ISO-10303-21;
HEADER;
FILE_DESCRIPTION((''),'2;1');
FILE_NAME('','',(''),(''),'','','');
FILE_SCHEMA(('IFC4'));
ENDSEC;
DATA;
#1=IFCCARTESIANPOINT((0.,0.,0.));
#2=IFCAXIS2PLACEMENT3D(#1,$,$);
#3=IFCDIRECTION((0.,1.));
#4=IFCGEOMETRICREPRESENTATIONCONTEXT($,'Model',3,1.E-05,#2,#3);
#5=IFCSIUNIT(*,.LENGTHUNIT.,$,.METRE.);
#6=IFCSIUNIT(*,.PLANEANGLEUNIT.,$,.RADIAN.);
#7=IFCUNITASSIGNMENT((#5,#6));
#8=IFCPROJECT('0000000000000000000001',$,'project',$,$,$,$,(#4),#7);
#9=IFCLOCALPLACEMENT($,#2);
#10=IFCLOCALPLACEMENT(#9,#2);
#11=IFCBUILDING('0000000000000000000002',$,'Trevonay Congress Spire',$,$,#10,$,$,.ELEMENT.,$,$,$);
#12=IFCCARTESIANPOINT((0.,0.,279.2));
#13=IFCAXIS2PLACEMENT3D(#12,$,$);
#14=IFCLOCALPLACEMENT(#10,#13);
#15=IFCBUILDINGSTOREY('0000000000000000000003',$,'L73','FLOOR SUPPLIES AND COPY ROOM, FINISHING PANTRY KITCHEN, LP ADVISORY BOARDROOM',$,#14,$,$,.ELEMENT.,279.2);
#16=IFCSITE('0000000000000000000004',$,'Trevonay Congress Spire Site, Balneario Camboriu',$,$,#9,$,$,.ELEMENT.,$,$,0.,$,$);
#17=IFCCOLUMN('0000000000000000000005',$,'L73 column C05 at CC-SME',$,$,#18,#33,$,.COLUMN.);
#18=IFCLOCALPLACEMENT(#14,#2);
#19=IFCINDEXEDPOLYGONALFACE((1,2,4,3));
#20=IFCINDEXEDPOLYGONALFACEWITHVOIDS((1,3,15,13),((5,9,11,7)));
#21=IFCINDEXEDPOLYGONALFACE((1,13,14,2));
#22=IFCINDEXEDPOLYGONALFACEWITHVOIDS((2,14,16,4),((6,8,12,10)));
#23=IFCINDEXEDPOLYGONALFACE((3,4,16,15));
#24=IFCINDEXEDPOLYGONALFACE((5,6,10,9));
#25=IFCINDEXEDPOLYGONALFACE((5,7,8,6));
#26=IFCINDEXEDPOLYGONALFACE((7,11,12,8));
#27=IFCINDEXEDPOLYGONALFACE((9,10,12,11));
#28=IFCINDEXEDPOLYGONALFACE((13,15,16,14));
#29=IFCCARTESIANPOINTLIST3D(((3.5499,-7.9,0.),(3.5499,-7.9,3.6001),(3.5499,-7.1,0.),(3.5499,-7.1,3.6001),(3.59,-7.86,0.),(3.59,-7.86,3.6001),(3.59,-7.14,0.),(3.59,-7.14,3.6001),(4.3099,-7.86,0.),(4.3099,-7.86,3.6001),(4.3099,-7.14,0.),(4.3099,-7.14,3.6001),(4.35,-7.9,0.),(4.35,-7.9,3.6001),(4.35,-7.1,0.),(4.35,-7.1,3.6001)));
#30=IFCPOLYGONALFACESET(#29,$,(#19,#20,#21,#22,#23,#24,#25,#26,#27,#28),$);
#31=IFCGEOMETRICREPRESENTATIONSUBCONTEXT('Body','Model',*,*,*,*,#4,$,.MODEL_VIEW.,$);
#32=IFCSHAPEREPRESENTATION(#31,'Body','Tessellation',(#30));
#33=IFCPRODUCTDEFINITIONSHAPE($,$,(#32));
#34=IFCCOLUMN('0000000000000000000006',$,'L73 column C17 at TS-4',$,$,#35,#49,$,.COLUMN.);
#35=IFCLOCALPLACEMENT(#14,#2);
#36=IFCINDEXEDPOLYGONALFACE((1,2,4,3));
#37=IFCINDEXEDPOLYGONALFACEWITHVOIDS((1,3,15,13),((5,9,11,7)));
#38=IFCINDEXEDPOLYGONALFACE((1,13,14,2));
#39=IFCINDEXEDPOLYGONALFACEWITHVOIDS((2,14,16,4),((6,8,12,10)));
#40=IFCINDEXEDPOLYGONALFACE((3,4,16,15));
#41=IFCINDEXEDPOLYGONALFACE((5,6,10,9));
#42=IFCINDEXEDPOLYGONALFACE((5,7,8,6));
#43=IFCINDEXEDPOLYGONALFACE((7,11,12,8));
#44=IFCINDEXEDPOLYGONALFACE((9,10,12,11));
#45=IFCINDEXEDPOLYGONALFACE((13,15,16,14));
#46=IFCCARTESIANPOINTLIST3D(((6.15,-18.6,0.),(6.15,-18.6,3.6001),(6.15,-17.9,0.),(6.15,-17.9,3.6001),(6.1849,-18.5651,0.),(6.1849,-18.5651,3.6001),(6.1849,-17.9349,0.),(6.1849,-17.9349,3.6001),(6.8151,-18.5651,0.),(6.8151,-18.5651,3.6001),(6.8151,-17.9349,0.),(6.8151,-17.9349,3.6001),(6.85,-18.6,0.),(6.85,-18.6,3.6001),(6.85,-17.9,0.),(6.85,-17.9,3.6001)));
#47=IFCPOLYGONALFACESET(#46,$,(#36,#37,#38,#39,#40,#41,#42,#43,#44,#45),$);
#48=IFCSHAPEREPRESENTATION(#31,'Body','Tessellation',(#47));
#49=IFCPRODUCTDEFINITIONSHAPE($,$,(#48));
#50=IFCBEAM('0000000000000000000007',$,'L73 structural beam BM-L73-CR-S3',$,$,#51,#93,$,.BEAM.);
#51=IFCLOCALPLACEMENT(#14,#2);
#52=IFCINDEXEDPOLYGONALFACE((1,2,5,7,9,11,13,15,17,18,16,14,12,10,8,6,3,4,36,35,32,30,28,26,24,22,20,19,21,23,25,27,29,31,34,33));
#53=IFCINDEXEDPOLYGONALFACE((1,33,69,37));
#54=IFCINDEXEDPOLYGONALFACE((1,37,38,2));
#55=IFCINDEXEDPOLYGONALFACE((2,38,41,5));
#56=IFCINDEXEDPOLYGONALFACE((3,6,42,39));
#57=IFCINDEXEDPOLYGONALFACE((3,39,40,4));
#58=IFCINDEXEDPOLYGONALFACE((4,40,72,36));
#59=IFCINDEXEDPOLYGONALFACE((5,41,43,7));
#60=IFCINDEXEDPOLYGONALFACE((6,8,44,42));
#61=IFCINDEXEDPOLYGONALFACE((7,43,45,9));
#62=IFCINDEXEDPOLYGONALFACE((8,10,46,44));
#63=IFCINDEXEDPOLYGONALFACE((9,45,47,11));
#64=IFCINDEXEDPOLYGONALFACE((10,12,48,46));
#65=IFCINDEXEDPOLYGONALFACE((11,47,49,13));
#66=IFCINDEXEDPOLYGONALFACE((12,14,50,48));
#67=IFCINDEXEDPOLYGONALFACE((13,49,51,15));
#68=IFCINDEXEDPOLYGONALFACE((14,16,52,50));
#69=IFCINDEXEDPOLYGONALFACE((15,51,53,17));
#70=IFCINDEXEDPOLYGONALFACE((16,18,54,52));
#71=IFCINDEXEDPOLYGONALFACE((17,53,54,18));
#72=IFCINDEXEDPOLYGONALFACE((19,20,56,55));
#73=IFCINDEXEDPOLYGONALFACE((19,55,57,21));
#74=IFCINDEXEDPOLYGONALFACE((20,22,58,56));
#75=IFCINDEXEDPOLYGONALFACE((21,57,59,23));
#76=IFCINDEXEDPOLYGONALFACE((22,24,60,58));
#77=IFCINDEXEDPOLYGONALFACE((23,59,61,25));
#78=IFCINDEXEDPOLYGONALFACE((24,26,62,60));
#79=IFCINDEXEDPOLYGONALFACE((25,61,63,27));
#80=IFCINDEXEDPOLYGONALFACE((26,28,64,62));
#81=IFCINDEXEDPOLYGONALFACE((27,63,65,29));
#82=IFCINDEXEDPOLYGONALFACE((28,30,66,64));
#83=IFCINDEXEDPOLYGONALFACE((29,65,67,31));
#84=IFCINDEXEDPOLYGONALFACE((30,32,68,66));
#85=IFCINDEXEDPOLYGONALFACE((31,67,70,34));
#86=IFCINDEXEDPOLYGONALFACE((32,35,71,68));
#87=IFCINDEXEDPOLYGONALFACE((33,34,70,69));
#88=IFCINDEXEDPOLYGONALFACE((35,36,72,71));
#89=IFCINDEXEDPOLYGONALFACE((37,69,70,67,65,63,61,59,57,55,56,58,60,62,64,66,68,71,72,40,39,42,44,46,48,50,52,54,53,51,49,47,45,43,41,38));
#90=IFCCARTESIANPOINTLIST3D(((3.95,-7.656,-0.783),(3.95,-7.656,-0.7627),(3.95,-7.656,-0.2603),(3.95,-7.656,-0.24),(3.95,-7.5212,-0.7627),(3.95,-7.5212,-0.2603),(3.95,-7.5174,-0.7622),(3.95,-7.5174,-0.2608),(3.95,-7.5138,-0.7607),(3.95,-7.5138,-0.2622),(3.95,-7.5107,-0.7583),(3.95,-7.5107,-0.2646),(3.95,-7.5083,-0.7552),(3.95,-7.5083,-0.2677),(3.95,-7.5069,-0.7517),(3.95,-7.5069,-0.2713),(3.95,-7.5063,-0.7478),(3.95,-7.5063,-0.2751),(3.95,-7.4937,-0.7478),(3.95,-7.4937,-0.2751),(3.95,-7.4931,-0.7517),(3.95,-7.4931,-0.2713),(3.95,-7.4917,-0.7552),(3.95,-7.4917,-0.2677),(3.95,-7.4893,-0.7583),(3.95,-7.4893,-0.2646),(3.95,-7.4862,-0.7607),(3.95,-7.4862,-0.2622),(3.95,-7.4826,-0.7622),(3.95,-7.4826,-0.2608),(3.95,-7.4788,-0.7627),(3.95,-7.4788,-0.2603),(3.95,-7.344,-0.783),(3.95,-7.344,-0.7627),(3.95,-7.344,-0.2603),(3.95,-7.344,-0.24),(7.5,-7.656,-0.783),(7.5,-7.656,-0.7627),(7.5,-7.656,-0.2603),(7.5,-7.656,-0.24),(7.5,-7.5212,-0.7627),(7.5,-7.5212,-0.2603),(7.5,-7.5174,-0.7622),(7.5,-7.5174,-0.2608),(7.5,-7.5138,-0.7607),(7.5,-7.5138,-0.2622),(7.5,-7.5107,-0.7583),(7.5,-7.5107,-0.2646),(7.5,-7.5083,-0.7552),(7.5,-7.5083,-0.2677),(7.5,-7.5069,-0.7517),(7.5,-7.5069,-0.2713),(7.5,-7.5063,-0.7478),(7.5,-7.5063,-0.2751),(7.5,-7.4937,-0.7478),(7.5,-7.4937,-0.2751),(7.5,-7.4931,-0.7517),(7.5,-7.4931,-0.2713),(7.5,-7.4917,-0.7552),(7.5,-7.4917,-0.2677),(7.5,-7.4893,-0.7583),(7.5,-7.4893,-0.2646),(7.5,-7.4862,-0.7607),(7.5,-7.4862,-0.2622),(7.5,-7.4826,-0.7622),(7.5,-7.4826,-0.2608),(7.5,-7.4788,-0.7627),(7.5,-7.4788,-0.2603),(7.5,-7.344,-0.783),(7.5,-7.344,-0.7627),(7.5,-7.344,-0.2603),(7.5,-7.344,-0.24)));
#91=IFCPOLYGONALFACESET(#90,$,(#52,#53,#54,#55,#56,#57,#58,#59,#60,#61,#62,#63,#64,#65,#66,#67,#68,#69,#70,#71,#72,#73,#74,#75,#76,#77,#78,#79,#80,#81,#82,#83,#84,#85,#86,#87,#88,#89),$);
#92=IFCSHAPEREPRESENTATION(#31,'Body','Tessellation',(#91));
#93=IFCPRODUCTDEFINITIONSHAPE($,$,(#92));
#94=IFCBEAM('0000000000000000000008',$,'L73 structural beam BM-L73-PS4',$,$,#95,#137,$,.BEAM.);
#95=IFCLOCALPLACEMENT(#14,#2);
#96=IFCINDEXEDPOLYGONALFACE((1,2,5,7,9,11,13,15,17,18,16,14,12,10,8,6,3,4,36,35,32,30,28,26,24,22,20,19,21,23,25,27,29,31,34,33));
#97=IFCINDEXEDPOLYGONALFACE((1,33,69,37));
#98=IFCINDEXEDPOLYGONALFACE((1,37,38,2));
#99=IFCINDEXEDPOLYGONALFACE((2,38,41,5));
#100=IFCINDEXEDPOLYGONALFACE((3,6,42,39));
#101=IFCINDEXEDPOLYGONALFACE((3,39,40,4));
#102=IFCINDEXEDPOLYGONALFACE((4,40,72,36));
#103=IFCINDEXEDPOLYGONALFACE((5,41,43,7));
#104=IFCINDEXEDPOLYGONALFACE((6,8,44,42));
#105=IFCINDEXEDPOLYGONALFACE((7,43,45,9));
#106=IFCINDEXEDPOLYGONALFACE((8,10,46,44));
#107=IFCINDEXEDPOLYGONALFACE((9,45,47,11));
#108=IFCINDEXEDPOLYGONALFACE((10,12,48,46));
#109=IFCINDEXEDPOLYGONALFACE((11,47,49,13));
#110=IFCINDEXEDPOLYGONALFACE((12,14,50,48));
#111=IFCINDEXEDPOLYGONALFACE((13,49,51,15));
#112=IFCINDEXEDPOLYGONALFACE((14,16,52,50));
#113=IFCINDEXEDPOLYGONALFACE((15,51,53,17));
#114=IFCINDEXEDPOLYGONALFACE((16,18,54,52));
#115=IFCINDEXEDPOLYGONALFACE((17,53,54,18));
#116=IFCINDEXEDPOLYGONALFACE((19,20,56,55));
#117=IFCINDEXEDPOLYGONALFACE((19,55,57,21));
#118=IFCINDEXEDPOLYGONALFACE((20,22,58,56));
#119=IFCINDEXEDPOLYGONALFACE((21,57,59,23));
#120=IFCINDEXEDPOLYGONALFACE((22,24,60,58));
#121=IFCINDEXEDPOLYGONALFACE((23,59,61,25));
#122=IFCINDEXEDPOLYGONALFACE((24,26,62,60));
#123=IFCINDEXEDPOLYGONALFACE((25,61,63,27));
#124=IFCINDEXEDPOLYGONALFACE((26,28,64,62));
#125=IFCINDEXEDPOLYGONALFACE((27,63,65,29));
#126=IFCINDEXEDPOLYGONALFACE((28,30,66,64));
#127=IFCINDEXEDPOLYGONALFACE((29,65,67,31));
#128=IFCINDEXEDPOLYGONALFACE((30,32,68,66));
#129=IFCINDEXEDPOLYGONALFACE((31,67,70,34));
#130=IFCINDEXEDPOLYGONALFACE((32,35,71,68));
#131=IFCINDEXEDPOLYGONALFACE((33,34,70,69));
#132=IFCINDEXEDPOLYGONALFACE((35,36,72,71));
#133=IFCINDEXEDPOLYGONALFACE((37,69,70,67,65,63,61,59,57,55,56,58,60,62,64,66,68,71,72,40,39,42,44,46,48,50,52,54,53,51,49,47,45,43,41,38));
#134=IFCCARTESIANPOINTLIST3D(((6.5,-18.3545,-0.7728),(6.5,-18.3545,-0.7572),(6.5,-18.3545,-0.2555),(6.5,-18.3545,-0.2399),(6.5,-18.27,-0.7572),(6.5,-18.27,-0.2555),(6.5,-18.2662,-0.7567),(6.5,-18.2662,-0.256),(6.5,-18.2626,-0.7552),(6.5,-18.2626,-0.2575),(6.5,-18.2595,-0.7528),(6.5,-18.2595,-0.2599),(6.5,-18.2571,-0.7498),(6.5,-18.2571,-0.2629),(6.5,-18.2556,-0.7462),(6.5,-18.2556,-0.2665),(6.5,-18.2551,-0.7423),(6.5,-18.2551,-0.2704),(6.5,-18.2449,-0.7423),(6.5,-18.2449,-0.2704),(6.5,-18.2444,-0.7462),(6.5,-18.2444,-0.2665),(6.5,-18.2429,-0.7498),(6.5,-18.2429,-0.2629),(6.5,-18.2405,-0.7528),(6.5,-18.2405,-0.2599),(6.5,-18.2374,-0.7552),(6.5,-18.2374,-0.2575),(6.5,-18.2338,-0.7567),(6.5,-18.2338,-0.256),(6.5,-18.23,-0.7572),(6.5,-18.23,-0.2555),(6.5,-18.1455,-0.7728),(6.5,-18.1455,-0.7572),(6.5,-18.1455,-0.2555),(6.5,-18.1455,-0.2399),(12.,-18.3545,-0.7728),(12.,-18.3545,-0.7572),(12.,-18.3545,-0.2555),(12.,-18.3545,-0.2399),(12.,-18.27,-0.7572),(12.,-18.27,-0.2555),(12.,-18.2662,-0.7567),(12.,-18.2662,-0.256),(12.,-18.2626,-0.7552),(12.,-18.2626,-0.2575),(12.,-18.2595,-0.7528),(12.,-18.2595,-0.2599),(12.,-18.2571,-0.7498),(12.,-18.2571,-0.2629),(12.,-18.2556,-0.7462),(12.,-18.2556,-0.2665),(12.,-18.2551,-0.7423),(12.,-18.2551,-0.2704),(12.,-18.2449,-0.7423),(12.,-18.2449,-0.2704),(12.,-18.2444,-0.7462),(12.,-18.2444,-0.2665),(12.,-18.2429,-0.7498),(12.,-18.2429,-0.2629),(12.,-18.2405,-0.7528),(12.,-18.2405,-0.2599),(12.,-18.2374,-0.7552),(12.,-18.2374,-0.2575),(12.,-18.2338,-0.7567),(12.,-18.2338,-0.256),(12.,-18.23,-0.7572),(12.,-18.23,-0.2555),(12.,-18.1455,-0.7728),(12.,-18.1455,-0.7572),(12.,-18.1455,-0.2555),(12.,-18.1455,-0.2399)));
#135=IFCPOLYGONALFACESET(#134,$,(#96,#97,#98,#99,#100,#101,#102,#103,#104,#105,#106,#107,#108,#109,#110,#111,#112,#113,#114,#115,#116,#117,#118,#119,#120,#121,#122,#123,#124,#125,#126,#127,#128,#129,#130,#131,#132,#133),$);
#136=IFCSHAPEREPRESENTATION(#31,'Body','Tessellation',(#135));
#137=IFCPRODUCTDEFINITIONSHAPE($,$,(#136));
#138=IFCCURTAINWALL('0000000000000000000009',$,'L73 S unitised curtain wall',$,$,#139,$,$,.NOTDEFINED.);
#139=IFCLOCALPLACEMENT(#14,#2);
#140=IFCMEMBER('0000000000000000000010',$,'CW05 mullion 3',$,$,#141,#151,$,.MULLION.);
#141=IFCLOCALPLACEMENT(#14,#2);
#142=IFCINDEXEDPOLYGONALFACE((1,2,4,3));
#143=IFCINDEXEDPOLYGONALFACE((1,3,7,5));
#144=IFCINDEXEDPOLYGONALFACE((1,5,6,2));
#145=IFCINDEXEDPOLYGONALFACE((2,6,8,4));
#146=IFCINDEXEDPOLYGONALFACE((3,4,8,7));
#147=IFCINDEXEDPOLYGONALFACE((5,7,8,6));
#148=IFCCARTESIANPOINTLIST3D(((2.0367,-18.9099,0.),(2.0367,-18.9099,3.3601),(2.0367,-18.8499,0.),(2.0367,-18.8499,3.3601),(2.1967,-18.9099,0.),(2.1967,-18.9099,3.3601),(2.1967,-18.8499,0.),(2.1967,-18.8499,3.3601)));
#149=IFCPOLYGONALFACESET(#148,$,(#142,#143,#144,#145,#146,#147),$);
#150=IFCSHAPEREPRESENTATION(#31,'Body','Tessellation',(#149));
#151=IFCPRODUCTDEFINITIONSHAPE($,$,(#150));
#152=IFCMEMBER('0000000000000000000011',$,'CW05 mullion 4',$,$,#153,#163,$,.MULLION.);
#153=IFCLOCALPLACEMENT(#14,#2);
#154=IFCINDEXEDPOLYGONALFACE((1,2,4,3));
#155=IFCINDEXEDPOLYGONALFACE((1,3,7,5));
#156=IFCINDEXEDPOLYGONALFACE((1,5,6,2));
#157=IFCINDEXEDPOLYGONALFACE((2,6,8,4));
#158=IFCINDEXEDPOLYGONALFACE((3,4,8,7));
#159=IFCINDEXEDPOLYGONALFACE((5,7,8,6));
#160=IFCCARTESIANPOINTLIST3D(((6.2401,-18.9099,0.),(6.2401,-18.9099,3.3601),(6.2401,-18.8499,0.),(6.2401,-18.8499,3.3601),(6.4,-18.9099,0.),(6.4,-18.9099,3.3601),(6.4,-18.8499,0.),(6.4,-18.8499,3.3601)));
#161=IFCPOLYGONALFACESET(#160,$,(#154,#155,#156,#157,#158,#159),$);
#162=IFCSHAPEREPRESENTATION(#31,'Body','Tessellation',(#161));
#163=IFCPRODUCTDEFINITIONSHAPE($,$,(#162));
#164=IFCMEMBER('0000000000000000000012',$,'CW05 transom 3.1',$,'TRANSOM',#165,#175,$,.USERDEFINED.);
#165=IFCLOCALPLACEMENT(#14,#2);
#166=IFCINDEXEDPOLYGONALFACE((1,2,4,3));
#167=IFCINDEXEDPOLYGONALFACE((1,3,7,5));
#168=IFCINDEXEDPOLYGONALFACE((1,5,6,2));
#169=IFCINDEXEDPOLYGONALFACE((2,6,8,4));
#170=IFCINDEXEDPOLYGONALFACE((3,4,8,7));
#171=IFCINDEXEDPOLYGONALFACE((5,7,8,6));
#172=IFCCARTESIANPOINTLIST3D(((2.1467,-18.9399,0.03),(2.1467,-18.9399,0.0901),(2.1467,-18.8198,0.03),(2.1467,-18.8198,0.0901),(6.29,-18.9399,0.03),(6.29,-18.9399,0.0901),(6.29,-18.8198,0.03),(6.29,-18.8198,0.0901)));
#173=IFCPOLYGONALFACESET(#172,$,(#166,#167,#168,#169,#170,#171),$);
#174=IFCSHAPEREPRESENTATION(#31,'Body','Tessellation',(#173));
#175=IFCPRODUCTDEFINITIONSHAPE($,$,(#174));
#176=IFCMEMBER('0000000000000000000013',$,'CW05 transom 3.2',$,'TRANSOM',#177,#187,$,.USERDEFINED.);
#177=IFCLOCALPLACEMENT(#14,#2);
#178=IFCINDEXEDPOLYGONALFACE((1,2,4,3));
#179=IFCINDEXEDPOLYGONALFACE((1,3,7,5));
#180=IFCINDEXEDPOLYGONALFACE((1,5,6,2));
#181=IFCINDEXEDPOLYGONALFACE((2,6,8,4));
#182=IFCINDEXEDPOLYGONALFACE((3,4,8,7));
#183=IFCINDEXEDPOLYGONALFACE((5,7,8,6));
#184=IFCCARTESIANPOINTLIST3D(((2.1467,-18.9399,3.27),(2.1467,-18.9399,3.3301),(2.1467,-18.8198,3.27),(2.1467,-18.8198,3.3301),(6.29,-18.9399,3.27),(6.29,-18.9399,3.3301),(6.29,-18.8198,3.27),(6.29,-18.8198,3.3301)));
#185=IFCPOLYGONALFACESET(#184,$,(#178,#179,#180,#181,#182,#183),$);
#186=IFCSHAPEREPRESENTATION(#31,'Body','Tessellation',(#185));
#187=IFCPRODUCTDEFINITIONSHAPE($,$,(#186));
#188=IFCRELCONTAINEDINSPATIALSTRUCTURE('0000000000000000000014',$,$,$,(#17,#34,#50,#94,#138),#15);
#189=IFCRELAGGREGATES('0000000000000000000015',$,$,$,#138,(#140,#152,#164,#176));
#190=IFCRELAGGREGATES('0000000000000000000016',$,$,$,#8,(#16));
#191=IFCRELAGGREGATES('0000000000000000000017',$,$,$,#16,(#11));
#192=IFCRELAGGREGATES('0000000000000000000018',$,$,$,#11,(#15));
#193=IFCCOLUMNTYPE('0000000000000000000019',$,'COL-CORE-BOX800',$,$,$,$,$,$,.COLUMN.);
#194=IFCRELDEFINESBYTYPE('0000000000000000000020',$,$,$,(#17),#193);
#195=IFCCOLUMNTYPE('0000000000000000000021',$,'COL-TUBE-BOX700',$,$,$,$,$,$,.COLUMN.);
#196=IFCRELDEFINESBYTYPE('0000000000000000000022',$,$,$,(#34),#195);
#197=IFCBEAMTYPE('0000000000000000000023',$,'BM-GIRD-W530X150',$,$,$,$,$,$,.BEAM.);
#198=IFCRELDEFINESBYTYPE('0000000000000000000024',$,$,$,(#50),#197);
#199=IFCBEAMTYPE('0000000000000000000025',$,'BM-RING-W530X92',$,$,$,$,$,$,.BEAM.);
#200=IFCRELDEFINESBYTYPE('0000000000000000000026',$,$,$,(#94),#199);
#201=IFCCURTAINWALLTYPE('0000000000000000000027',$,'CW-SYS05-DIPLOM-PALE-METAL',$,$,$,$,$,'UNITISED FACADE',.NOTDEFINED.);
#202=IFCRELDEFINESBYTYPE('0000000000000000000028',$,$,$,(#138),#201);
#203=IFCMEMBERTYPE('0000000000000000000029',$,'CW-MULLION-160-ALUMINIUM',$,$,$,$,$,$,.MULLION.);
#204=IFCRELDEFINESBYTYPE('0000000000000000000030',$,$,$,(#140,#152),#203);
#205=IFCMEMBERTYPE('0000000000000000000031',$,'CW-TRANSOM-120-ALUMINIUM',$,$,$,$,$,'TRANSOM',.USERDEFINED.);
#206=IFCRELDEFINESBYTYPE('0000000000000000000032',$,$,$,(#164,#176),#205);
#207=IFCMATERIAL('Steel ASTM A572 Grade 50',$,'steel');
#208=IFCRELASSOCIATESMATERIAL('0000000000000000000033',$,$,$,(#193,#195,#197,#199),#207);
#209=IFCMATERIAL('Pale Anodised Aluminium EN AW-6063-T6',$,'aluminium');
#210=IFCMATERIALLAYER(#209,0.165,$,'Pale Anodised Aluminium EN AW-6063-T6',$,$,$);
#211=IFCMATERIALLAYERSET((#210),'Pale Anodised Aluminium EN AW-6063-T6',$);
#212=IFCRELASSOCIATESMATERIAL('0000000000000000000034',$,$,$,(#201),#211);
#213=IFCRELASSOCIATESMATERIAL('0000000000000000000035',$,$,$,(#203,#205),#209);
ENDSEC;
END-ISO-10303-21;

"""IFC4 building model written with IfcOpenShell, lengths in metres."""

from ifc_helpers import new_model, si_unit, direction, frame, origin, origin_2d, place, context, subcontext, project, spatial, rectangle, hollow_rectangle, i_section, extrude, material, layer, layer_set, material_profile, profile_set, type_object, element, aggregate, save


model = new_model("IFC4")

# Units and contexts
model_context = context("Model", 3, precision=1e-05, world=origin(), true_north=direction((0.0, 1.0)))
body_context = subcontext(model_context, "Body", "Model", "MODEL_VIEW")
ifc_project = project(units=[si_unit("LENGTHUNIT", "METRE"), si_unit("PLANEANGLEUNIT", "RADIAN")], contexts=[model_context])

# Site, building, storey
site_placement = place(None, origin())
site = spatial("IfcSite", under=ifc_project, at=site_placement, Name="Trevonay Congress Spire Site, Balneario Camboriu", CompositionType="ELEMENT", RefElevation=0.0)
building_placement = place(site_placement, origin())
building = spatial("IfcBuilding", under=site, at=building_placement, Name="Trevonay Congress Spire", CompositionType="ELEMENT")
storey_placement = place(building_placement, frame((0.0, 0.0, 279.2)))
storey = spatial("IfcBuildingStorey", under=building, at=storey_placement, Name="L73", Description="FLOOR SUPPLIES AND COPY ROOM, FINISHING PANTRY KITCHEN, LP ADVISORY BOARDROOM", CompositionType="ELEMENT", Elevation=279.2)

# Columns
ifc_material_1 = material(Name="Steel ASTM A572 Grade 50", Category="steel")
ifc_material_profile_1 = material_profile(ifc_material_1, hollow_rectangle(XDim=0.8, YDim=0.8, WallThickness=0.04, at=origin_2d()), Name="BOX 800x800x40")
ifc_profile_set_1 = profile_set([ifc_material_profile_1], Name="Steel ASTM A572 Grade 50")
column_type_1 = type_object("IfcColumnType", Name="COL-CORE-BOX800", PredefinedType="COLUMN", material=ifc_profile_set_1)
column_1_placement = place(storey_placement, frame((3.95, -7.5, 0.0), z_axis=(0.0, 0.0, 1.0), x_axis=(1.0, 0.0, 0.0)))
element("IfcColumn", 1, at=column_1_placement, inside=storey, type_object=column_type_1, Name="L73 column C05 at CC-SME", PredefinedType="COLUMN", context=body_context, shape_type="SweptSolid", body=[
    extrude(hollow_rectangle(XDim=0.8, YDim=0.8, WallThickness=0.04, at=origin_2d()), origin(), (0.0, 0.0, 1.0), 3.6001),
])
ifc_material_profile_2 = material_profile(ifc_material_1, hollow_rectangle(XDim=0.7, YDim=0.7, WallThickness=0.0349, at=origin_2d()), Name="BOX 700x700x35")
ifc_profile_set_2 = profile_set([ifc_material_profile_2], Name="Steel ASTM A572 Grade 50")
column_type_2 = type_object("IfcColumnType", Name="COL-TUBE-BOX700", PredefinedType="COLUMN", material=ifc_profile_set_2)
column_2_placement = place(storey_placement, frame((6.5, -18.25, 0.0), z_axis=(0.0, 0.0, 1.0), x_axis=(1.0, 0.0, 0.0)))
element("IfcColumn", 2, at=column_2_placement, inside=storey, type_object=column_type_2, Name="L73 column C17 at TS-4", PredefinedType="COLUMN", context=body_context, shape_type="SweptSolid", body=[
    extrude(hollow_rectangle(XDim=0.7, YDim=0.7, WallThickness=0.0349, at=origin_2d()), origin(), (0.0, 0.0, 1.0), 3.6001),
])

# Beams
ifc_material_profile_3 = material_profile(ifc_material_1, i_section(OverallWidth=0.312, OverallDepth=0.543, WebThickness=0.0127, FlangeThickness=0.0203, FilletRadius=0.0149, at=origin_2d()), Name="W530x150")
ifc_profile_set_3 = profile_set([ifc_material_profile_3], Name="Steel ASTM A572 Grade 50")
beam_type_1 = type_object("IfcBeamType", Name="BM-GIRD-W530X150", PredefinedType="BEAM", material=ifc_profile_set_3)
beam_1_placement = place(storey_placement, frame((3.95, -7.5, -0.5115), z_axis=(1.0, 0.0, 0.0), x_axis=(0.0, 1.0, 0.0)))
element("IfcBeam", 3, at=beam_1_placement, inside=storey, type_object=beam_type_1, Name="L73 structural beam BM-L73-CR-S3", PredefinedType="BEAM", context=body_context, shape_type="SweptSolid", body=[
    extrude(i_section(OverallWidth=0.312, OverallDepth=0.543, WebThickness=0.0127, FlangeThickness=0.0203, FilletRadius=0.0149, at=origin_2d()), origin(), (0.0, 0.0, 1.0), 3.55),
])
ifc_material_profile_4 = material_profile(ifc_material_1, i_section(OverallWidth=0.209, OverallDepth=0.533, WebThickness=0.0103, FlangeThickness=0.0156, FilletRadius=0.0149, at=origin_2d()), Name="W530x92")
ifc_profile_set_4 = profile_set([ifc_material_profile_4], Name="Steel ASTM A572 Grade 50")
beam_type_2 = type_object("IfcBeamType", Name="BM-RING-W530X92", PredefinedType="BEAM", material=ifc_profile_set_4)
beam_2_placement = place(storey_placement, frame((6.5, -18.25, -0.5063), z_axis=(1.0, 0.0, 0.0), x_axis=(0.0, 1.0, 0.0)))
element("IfcBeam", 4, at=beam_2_placement, inside=storey, type_object=beam_type_2, Name="L73 structural beam BM-L73-PS4", PredefinedType="BEAM", context=body_context, shape_type="SweptSolid", body=[
    extrude(i_section(OverallWidth=0.209, OverallDepth=0.533, WebThickness=0.0103, FlangeThickness=0.0156, FilletRadius=0.0149, at=origin_2d()), origin(), (0.0, 0.0, 1.0), 5.5),
])

# Curtain wall, members
ifc_material_2 = material(Name="Pale Anodised Aluminium EN AW-6063-T6", Category="aluminium")
ifc_layer_1 = layer(ifc_material_2, 0.165, Name="Pale Anodised Aluminium EN AW-6063-T6")
ifc_layer_set_1 = layer_set([ifc_layer_1], Name="Pale Anodised Aluminium EN AW-6063-T6")
curtain_wall_type = type_object("IfcCurtainWallType", Name="CW-SYS05-DIPLOM-PALE-METAL", ElementType="UNITISED FACADE", PredefinedType="NOTDEFINED", material=ifc_layer_set_1)
curtain_wall_placement = place(storey_placement, origin())
curtain_wall = element("IfcCurtainWall", 5, at=curtain_wall_placement, inside=storey, type_object=curtain_wall_type, Name="L73 S unitised curtain wall", PredefinedType="NOTDEFINED")
ifc_material_profile_5 = material_profile(ifc_material_2, rectangle(XDim=0.0601, YDim=0.1599, at=origin_2d()), Name="CW-MULLION-160-ALUMINIUM")
ifc_profile_set_5 = profile_set([ifc_material_profile_5], Name="Pale Anodised Aluminium EN AW-6063-T6")
member_type_1 = type_object("IfcMemberType", Name="CW-MULLION-160-ALUMINIUM", PredefinedType="MULLION", material=ifc_profile_set_5)
member_1_placement = place(storey_placement, frame((2.1167, -18.8799, 0.0), z_axis=(0.0, 0.0, 1.0), x_axis=(0.0, 1.0, 0.0)))
member_1 = element("IfcMember", 6, at=member_1_placement, type_object=member_type_1, Name="CW05 mullion 3", PredefinedType="MULLION", context=body_context, shape_type="SweptSolid", body=[
    extrude(rectangle(XDim=0.0601, YDim=0.1599, at=origin_2d()), origin(), (0.0, 0.0, 1.0), 3.3601),
])
member_2_placement = place(storey_placement, frame((6.3201, -18.8799, 0.0), z_axis=(0.0, 0.0, 1.0), x_axis=(0.0, 1.0, 0.0)))
member_2 = element("IfcMember", 7, at=member_2_placement, type_object=member_type_1, Name="CW05 mullion 4", PredefinedType="MULLION", context=body_context, shape_type="SweptSolid", body=[
    extrude(rectangle(XDim=0.0601, YDim=0.1599, at=origin_2d()), origin(), (0.0, 0.0, 1.0), 3.3601),
])
ifc_material_profile_6 = material_profile(ifc_material_2, rectangle(XDim=0.1201, YDim=0.0601, at=origin_2d()), Name="CW-TRANSOM-120-ALUMINIUM")
ifc_profile_set_6 = profile_set([ifc_material_profile_6], Name="Pale Anodised Aluminium EN AW-6063-T6")
member_type_2 = type_object("IfcMemberType", Name="CW-TRANSOM-120-ALUMINIUM", ElementType="TRANSOM", PredefinedType="USERDEFINED", material=ifc_profile_set_6)
member_3_placement = place(storey_placement, frame((2.1467, -18.8799, 0.0601), z_axis=(1.0, 0.0, 0.0), x_axis=(0.0, 1.0, 0.0)))
member_3 = element("IfcMember", 8, at=member_3_placement, type_object=member_type_2, Name="CW05 transom 3.1", ObjectType="TRANSOM", PredefinedType="USERDEFINED", context=body_context, shape_type="SweptSolid", body=[
    extrude(rectangle(XDim=0.1201, YDim=0.0601, at=origin_2d()), origin(), (0.0, 0.0, 1.0), 4.1433),
])
member_4_placement = place(storey_placement, frame((2.1467, -18.8799, 3.3), z_axis=(1.0, 0.0, 0.0), x_axis=(0.0, 1.0, 0.0)))
member_4 = element("IfcMember", 9, at=member_4_placement, type_object=member_type_2, Name="CW05 transom 3.2", ObjectType="TRANSOM", PredefinedType="USERDEFINED", context=body_context, shape_type="SweptSolid", body=[
    extrude(rectangle(XDim=0.1201, YDim=0.0601, at=origin_2d()), origin(), (0.0, 0.0, 1.0), 4.1433),
])

aggregate(curtain_wall, [member_1, member_2, member_3, member_4])

save(model, "model.ifc")
